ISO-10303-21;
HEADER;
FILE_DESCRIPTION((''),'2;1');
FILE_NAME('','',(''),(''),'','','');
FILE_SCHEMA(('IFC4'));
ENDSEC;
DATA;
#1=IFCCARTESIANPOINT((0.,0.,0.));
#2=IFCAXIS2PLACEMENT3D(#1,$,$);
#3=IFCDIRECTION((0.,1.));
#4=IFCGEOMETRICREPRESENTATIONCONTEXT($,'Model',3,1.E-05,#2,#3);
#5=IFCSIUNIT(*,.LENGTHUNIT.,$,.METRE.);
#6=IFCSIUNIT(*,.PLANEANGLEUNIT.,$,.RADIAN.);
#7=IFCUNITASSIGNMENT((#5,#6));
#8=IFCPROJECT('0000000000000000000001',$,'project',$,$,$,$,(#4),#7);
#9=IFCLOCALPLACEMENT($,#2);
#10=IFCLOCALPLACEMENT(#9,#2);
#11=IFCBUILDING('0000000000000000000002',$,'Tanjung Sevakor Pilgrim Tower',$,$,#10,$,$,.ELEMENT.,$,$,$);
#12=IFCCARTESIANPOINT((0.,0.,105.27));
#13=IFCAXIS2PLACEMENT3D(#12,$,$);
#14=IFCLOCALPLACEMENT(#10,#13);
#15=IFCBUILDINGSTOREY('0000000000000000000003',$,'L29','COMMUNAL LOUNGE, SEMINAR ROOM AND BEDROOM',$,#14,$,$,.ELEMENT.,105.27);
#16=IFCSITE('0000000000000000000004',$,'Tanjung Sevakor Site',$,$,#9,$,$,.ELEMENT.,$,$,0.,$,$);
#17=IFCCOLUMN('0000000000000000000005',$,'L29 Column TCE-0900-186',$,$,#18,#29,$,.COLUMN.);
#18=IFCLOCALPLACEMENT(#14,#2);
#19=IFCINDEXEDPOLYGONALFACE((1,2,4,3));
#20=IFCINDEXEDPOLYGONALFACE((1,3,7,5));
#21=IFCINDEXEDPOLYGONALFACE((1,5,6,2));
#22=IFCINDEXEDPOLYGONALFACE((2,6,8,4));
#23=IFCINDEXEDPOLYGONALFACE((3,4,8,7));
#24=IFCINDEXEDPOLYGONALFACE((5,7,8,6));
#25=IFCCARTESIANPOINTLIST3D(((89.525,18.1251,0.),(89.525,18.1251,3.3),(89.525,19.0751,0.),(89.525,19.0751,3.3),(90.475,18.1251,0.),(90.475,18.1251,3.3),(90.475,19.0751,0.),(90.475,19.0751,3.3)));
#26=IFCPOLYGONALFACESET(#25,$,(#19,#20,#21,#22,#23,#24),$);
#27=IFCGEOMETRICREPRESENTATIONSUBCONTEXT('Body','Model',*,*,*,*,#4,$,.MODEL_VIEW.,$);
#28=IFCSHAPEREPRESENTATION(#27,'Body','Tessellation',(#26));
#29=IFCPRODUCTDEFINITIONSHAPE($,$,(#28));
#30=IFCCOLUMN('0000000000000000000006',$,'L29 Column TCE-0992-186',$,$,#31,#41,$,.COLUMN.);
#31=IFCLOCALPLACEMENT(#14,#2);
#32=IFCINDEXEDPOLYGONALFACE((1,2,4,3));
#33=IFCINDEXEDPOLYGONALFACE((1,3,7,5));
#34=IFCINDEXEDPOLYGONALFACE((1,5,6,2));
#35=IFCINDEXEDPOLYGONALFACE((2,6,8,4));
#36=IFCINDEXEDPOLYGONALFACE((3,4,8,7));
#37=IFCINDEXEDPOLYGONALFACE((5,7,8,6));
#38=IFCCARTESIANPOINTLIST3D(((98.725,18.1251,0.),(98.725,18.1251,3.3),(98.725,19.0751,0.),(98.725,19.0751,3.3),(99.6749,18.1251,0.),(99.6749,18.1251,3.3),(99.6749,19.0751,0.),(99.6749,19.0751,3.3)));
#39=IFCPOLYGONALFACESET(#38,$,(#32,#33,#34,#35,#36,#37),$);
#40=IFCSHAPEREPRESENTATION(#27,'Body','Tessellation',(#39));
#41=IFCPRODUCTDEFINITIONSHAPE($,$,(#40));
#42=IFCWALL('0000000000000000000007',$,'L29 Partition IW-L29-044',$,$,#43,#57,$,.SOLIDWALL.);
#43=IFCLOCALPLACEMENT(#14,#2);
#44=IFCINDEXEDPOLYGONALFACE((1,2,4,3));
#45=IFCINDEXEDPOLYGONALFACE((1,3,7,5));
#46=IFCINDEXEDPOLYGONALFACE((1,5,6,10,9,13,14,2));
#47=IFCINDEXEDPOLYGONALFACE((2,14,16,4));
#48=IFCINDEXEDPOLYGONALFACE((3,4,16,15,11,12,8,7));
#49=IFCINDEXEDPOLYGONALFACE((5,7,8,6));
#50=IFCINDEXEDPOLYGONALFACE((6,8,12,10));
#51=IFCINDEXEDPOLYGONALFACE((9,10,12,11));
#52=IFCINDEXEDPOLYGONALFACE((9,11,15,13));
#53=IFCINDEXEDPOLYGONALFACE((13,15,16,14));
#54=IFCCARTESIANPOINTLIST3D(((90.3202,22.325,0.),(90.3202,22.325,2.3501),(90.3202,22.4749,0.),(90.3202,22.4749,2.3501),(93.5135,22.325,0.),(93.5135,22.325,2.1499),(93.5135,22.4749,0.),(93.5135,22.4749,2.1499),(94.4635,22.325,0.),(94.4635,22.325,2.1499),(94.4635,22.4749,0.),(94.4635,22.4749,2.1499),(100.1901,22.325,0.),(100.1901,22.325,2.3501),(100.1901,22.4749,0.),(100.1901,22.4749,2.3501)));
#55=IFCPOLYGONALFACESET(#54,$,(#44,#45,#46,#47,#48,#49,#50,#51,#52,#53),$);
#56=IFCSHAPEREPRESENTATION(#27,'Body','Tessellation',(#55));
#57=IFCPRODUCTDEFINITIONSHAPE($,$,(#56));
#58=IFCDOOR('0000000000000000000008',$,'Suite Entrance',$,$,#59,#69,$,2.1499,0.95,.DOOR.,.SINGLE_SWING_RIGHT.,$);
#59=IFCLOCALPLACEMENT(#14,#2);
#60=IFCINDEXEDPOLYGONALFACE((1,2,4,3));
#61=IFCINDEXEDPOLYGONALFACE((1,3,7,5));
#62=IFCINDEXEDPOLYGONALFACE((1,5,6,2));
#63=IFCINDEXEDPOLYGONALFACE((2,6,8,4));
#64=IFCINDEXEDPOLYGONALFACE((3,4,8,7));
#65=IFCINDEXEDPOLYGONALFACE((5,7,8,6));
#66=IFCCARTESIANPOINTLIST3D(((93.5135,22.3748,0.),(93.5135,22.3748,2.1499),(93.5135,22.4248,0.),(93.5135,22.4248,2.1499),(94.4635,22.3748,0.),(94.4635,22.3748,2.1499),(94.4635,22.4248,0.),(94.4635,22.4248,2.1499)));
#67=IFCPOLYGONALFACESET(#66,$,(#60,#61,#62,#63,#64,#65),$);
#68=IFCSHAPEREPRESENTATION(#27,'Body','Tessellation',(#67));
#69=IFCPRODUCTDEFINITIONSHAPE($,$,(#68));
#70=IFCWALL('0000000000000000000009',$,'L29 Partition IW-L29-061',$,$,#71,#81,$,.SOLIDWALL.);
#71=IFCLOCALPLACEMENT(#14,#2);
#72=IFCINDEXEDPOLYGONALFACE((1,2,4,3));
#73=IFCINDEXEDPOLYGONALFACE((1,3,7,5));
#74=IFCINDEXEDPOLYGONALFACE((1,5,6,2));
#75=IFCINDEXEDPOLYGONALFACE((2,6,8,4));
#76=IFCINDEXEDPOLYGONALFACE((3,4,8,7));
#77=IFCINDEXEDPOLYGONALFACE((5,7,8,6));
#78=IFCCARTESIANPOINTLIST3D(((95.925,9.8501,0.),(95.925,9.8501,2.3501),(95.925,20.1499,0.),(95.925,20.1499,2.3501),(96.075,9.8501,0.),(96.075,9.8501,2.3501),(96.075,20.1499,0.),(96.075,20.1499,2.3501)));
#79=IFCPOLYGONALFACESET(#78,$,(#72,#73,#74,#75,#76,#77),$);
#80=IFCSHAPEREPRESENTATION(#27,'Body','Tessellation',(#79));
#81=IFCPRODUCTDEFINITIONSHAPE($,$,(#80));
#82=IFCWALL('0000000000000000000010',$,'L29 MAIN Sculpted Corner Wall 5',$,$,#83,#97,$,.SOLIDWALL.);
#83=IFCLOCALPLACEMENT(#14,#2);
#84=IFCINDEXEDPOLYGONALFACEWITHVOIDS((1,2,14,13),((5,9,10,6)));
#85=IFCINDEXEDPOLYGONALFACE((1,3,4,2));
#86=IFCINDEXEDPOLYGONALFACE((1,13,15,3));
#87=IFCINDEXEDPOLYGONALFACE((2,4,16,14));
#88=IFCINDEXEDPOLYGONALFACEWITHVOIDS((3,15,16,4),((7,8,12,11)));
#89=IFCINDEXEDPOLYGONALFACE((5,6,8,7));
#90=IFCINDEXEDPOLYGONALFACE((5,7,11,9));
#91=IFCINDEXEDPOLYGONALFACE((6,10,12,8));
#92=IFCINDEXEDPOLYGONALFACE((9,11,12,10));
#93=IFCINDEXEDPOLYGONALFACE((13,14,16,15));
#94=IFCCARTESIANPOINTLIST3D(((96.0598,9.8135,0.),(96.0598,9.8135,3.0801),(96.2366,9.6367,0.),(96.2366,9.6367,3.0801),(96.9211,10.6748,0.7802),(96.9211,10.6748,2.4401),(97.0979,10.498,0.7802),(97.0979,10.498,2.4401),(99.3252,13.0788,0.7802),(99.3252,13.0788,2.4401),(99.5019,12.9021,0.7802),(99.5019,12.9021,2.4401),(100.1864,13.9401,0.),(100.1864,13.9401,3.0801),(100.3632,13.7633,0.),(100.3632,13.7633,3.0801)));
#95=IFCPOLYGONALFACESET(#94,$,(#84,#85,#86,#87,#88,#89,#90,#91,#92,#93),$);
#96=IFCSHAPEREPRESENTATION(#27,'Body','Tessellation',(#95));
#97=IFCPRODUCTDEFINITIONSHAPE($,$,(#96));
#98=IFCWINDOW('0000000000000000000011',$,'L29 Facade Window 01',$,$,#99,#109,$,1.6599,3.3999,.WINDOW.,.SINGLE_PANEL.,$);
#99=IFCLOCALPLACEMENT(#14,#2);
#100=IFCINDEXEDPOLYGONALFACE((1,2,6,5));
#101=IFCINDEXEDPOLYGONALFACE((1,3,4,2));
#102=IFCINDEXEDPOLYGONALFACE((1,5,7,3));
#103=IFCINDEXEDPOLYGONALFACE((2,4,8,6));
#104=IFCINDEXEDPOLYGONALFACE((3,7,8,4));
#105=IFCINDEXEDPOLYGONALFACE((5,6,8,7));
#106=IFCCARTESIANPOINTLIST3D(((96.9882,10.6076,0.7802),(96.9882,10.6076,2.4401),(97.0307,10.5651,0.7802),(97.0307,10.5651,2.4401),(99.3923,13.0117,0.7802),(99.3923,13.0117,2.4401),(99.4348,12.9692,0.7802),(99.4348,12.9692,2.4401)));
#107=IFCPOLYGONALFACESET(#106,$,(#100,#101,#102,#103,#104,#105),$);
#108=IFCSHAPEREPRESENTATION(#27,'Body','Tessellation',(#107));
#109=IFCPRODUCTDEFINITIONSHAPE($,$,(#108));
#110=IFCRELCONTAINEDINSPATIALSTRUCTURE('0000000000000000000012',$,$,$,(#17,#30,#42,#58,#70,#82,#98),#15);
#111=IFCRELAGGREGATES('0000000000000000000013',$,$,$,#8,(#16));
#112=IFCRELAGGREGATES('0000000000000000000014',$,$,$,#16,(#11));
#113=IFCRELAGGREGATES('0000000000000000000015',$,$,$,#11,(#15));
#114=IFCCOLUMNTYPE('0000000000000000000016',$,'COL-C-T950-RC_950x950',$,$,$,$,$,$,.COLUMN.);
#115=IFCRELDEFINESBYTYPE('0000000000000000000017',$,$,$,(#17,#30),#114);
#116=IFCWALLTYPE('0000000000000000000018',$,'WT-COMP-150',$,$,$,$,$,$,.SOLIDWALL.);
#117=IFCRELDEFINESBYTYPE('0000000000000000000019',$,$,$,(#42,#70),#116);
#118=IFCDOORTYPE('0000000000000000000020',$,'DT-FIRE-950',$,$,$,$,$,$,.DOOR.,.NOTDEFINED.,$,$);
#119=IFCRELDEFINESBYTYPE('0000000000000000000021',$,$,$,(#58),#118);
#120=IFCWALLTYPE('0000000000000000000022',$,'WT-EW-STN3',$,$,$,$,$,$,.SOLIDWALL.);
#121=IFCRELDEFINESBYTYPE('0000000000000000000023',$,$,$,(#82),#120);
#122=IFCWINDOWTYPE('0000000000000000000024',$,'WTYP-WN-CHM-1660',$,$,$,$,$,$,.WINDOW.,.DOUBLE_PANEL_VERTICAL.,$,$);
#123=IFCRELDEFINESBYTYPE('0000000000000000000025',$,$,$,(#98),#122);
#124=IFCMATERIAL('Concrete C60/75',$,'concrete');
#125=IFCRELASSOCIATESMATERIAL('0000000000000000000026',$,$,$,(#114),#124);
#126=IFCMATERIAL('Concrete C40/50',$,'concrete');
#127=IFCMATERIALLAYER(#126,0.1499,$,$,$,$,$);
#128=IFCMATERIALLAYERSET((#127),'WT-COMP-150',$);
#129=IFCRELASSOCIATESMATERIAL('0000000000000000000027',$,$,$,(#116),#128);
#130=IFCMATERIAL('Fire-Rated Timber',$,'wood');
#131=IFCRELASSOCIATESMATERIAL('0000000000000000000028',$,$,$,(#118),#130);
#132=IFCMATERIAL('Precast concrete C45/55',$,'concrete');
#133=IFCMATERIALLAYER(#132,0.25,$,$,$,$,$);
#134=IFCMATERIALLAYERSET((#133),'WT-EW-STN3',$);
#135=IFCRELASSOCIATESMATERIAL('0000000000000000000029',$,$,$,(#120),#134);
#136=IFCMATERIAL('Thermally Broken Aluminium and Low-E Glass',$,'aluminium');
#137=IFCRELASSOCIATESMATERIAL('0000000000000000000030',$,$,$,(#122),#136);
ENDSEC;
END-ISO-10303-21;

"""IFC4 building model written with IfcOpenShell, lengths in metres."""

from ifc_helpers import new_model, si_unit, direction, frame, frame_2d, origin, origin_2d, place, context, subcontext, project, spatial, rectangle, extrude, material, layer, layer_set, material_profile, profile_set, type_object, element, fill, save


model = new_model("IFC4")

# Units and contexts
model_context = context("Model", 3, precision=1e-05, world=origin(), true_north=direction((0.0, 1.0)))
body_context = subcontext(model_context, "Body", "Model", "MODEL_VIEW")
ifc_project = project(units=[si_unit("LENGTHUNIT", "METRE"), si_unit("PLANEANGLEUNIT", "RADIAN")], contexts=[model_context])

# Site, building, storey
site_placement = place(None, origin())
site = spatial("IfcSite", under=ifc_project, at=site_placement, Name="Tanjung Sevakor Site", CompositionType="ELEMENT", RefElevation=0.0)
building_placement = place(site_placement, origin())
building = spatial("IfcBuilding", under=site, at=building_placement, Name="Tanjung Sevakor Pilgrim Tower", CompositionType="ELEMENT")
storey_placement = place(building_placement, frame((0.0, 0.0, 105.27)))
storey = spatial("IfcBuildingStorey", under=building, at=storey_placement, Name="L29", Description="COMMUNAL LOUNGE, SEMINAR ROOM AND BEDROOM", CompositionType="ELEMENT", Elevation=105.27)

# Columns
ifc_material_1 = material(Name="Concrete C60/75", Category="concrete")
ifc_material_profile = material_profile(ifc_material_1, rectangle(XDim=0.95, YDim=0.95, at=origin_2d()))
ifc_profile_set = profile_set([ifc_material_profile], Name="Concrete C60/75")
column_type = type_object("IfcColumnType", Name="COL-C-T950-RC_950x950", PredefinedType="COLUMN", material=ifc_profile_set)
for number, where, z_axis, x_axis, name in (
    (1, (90.0, 18.6001, 0.0), (0.0, 0.0, 1.0), (1.0, 0.0, 0.0), "L29 Column TCE-0900-186"),
    (2, (99.2, 18.6001, 0.0), (0.0, 0.0, 1.0), (1.0, 0.0, 0.0), "L29 Column TCE-0992-186"),
):
    element("IfcColumn", number, at=place(storey_placement, frame(where, z_axis=z_axis, x_axis=x_axis)), inside=storey, type_object=column_type, Name=name, PredefinedType="COLUMN", context=body_context, shape_type="SweptSolid", body=[
        extrude(rectangle(XDim=0.95, YDim=0.95, at=origin_2d()), origin(), (0.0, 0.0, 1.0), 3.3),
    ])

# Wall, opening, door
ifc_material_2 = material(Name="Concrete C40/50", Category="concrete")
ifc_layer_1 = layer(ifc_material_2, 0.1499)
ifc_layer_set_1 = layer_set([ifc_layer_1], Name="WT-COMP-150")
wall_type_1 = type_object("IfcWallType", Name="WT-COMP-150", PredefinedType="SOLIDWALL", material=ifc_layer_set_1)
wall_1_placement = place(storey_placement, frame((90.3201, 22.3999, 0.0), z_axis=(0.0, 0.0, 1.0), x_axis=(1.0, 0.0, 0.0)))
wall_1 = element("IfcWall", 3, at=wall_1_placement, inside=storey, type_object=wall_type_1, Name="L29 Partition IW-L29-044", PredefinedType="SOLIDWALL", context=body_context, shape_type="SweptSolid", body=[
    extrude(rectangle(XDim=9.8699, YDim=0.1499, at=frame_2d((4.9351, 0.0))), origin(), (0.0, 0.0, 1.0), 2.3501),
])
opening_1_placement = place(wall_1_placement, frame((3.1934, 0.0, 0.0)))
opening_1 = element("IfcOpeningElement", 4, at=opening_1_placement, cuts=wall_1, PredefinedType="OPENING", context=body_context, shape_type="SweptSolid", body=[
    extrude(rectangle(XDim=0.95, YDim=2.1499, at=frame_2d((0.4751, 1.075))), frame((0.0, 0.085, 0.0), z_axis=(0.0, -1.0, 0.0), x_axis=(1.0, 0.0, 0.0)), (0.0, 0.0, 1.0), 0.1699),
])
ifc_material_3 = material(Name="Fire-Rated Timber", Category="wood")
door_type_1 = type_object("IfcDoorType", Name="DT-FIRE-950", OperationType="NOTDEFINED", PredefinedType="DOOR", material=ifc_material_3)
door_1_placement = place(opening_1_placement, origin())
door_1 = element("IfcDoor", 5, at=door_1_placement, inside=storey, type_object=door_type_1, Name="Suite Entrance", OperationType="SINGLE_SWING_RIGHT", OverallHeight=2.1499, OverallWidth=0.95, PredefinedType="DOOR", context=body_context, shape_type="SweptSolid", body=[
    extrude(rectangle(XDim=0.95, YDim=2.1499, at=frame_2d((0.4751, 1.075))), frame((0.0, 0.0249, 0.0), z_axis=(0.0, -1.0, 0.0), x_axis=(1.0, 0.0, 0.0)), (0.0, 0.0, 1.0), 0.05),
])
fill(opening_1, door_1)

# Wall
wall_2_placement = place(storey_placement, frame((96.0, 9.8501, 0.0), z_axis=(0.0, 0.0, 1.0), x_axis=(0.0, 1.0, 0.0)))
element("IfcWall", 6, at=wall_2_placement, inside=storey, type_object=wall_type_1, Name="L29 Partition IW-L29-061", PredefinedType="SOLIDWALL", context=body_context, shape_type="SweptSolid", body=[
    extrude(rectangle(XDim=10.2998, YDim=0.1499, at=frame_2d((5.1499, 0.0))), origin(), (0.0, 0.0, 1.0), 2.3501),
])

# Wall, opening, window
ifc_material_4 = material(Name="Precast concrete C45/55", Category="concrete")
ifc_layer_2 = layer(ifc_material_4, 0.25)
ifc_layer_set_2 = layer_set([ifc_layer_2], Name="WT-EW-STN3")
wall_type_2 = type_object("IfcWallType", Name="WT-EW-STN3", PredefinedType="SOLIDWALL", material=ifc_layer_set_2)
wall_3_placement = place(storey_placement, frame((96.1482, 9.7251, 0.0), z_axis=(0.0, 0.0, 1.0), x_axis=(0.707107, 0.707107, 0.0)))
wall_3 = element("IfcWall", 7, at=wall_3_placement, inside=storey, type_object=wall_type_2, Name="L29 MAIN Sculpted Corner Wall 5", PredefinedType="SOLIDWALL", context=body_context, shape_type="SweptSolid", body=[
    extrude(rectangle(XDim=5.8359, YDim=0.25, at=frame_2d((2.918, 0.0))), origin(), (0.0, 0.0, 1.0), 3.0801),
])
opening_2_placement = place(wall_3_placement, frame((1.218, 0.0, 0.78)))
opening_2 = element("IfcOpeningElement", 8, at=opening_2_placement, cuts=wall_3, PredefinedType="OPENING", context=body_context, shape_type="SweptSolid", body=[
    extrude(rectangle(XDim=3.3999, YDim=1.6599, at=frame_2d((1.7, 0.8301))), frame((0.0, 0.135, 0.0), z_axis=(0.0, -1.0, 0.0), x_axis=(1.0, 0.0, 0.0)), (0.0, 0.0, 1.0), 0.27),
])
ifc_material_5 = material(Name="Thermally Broken Aluminium and Low-E Glass", Category="aluminium")
window_type_1 = type_object("IfcWindowType", Name="WTYP-WN-CHM-1660", PartitioningType="DOUBLE_PANEL_VERTICAL", PredefinedType="WINDOW", material=ifc_material_5)
window_1_placement = place(opening_2_placement, origin())
window_1 = element("IfcWindow", 9, at=window_1_placement, inside=storey, type_object=window_type_1, Name="L29 Facade Window 01", OverallHeight=1.6599, OverallWidth=3.3999, PartitioningType="SINGLE_PANEL", PredefinedType="WINDOW", context=body_context, shape_type="SweptSolid", body=[
    extrude(rectangle(XDim=3.3999, YDim=1.6599, at=frame_2d((1.7, 0.8301))), frame((0.0, 0.03, 0.0), z_axis=(0.0, -1.0, 0.0), x_axis=(1.0, 0.0, 0.0)), (0.0, 0.0, 1.0), 0.0601),
])
fill(opening_2, window_1)

save(model, "model.ifc")
